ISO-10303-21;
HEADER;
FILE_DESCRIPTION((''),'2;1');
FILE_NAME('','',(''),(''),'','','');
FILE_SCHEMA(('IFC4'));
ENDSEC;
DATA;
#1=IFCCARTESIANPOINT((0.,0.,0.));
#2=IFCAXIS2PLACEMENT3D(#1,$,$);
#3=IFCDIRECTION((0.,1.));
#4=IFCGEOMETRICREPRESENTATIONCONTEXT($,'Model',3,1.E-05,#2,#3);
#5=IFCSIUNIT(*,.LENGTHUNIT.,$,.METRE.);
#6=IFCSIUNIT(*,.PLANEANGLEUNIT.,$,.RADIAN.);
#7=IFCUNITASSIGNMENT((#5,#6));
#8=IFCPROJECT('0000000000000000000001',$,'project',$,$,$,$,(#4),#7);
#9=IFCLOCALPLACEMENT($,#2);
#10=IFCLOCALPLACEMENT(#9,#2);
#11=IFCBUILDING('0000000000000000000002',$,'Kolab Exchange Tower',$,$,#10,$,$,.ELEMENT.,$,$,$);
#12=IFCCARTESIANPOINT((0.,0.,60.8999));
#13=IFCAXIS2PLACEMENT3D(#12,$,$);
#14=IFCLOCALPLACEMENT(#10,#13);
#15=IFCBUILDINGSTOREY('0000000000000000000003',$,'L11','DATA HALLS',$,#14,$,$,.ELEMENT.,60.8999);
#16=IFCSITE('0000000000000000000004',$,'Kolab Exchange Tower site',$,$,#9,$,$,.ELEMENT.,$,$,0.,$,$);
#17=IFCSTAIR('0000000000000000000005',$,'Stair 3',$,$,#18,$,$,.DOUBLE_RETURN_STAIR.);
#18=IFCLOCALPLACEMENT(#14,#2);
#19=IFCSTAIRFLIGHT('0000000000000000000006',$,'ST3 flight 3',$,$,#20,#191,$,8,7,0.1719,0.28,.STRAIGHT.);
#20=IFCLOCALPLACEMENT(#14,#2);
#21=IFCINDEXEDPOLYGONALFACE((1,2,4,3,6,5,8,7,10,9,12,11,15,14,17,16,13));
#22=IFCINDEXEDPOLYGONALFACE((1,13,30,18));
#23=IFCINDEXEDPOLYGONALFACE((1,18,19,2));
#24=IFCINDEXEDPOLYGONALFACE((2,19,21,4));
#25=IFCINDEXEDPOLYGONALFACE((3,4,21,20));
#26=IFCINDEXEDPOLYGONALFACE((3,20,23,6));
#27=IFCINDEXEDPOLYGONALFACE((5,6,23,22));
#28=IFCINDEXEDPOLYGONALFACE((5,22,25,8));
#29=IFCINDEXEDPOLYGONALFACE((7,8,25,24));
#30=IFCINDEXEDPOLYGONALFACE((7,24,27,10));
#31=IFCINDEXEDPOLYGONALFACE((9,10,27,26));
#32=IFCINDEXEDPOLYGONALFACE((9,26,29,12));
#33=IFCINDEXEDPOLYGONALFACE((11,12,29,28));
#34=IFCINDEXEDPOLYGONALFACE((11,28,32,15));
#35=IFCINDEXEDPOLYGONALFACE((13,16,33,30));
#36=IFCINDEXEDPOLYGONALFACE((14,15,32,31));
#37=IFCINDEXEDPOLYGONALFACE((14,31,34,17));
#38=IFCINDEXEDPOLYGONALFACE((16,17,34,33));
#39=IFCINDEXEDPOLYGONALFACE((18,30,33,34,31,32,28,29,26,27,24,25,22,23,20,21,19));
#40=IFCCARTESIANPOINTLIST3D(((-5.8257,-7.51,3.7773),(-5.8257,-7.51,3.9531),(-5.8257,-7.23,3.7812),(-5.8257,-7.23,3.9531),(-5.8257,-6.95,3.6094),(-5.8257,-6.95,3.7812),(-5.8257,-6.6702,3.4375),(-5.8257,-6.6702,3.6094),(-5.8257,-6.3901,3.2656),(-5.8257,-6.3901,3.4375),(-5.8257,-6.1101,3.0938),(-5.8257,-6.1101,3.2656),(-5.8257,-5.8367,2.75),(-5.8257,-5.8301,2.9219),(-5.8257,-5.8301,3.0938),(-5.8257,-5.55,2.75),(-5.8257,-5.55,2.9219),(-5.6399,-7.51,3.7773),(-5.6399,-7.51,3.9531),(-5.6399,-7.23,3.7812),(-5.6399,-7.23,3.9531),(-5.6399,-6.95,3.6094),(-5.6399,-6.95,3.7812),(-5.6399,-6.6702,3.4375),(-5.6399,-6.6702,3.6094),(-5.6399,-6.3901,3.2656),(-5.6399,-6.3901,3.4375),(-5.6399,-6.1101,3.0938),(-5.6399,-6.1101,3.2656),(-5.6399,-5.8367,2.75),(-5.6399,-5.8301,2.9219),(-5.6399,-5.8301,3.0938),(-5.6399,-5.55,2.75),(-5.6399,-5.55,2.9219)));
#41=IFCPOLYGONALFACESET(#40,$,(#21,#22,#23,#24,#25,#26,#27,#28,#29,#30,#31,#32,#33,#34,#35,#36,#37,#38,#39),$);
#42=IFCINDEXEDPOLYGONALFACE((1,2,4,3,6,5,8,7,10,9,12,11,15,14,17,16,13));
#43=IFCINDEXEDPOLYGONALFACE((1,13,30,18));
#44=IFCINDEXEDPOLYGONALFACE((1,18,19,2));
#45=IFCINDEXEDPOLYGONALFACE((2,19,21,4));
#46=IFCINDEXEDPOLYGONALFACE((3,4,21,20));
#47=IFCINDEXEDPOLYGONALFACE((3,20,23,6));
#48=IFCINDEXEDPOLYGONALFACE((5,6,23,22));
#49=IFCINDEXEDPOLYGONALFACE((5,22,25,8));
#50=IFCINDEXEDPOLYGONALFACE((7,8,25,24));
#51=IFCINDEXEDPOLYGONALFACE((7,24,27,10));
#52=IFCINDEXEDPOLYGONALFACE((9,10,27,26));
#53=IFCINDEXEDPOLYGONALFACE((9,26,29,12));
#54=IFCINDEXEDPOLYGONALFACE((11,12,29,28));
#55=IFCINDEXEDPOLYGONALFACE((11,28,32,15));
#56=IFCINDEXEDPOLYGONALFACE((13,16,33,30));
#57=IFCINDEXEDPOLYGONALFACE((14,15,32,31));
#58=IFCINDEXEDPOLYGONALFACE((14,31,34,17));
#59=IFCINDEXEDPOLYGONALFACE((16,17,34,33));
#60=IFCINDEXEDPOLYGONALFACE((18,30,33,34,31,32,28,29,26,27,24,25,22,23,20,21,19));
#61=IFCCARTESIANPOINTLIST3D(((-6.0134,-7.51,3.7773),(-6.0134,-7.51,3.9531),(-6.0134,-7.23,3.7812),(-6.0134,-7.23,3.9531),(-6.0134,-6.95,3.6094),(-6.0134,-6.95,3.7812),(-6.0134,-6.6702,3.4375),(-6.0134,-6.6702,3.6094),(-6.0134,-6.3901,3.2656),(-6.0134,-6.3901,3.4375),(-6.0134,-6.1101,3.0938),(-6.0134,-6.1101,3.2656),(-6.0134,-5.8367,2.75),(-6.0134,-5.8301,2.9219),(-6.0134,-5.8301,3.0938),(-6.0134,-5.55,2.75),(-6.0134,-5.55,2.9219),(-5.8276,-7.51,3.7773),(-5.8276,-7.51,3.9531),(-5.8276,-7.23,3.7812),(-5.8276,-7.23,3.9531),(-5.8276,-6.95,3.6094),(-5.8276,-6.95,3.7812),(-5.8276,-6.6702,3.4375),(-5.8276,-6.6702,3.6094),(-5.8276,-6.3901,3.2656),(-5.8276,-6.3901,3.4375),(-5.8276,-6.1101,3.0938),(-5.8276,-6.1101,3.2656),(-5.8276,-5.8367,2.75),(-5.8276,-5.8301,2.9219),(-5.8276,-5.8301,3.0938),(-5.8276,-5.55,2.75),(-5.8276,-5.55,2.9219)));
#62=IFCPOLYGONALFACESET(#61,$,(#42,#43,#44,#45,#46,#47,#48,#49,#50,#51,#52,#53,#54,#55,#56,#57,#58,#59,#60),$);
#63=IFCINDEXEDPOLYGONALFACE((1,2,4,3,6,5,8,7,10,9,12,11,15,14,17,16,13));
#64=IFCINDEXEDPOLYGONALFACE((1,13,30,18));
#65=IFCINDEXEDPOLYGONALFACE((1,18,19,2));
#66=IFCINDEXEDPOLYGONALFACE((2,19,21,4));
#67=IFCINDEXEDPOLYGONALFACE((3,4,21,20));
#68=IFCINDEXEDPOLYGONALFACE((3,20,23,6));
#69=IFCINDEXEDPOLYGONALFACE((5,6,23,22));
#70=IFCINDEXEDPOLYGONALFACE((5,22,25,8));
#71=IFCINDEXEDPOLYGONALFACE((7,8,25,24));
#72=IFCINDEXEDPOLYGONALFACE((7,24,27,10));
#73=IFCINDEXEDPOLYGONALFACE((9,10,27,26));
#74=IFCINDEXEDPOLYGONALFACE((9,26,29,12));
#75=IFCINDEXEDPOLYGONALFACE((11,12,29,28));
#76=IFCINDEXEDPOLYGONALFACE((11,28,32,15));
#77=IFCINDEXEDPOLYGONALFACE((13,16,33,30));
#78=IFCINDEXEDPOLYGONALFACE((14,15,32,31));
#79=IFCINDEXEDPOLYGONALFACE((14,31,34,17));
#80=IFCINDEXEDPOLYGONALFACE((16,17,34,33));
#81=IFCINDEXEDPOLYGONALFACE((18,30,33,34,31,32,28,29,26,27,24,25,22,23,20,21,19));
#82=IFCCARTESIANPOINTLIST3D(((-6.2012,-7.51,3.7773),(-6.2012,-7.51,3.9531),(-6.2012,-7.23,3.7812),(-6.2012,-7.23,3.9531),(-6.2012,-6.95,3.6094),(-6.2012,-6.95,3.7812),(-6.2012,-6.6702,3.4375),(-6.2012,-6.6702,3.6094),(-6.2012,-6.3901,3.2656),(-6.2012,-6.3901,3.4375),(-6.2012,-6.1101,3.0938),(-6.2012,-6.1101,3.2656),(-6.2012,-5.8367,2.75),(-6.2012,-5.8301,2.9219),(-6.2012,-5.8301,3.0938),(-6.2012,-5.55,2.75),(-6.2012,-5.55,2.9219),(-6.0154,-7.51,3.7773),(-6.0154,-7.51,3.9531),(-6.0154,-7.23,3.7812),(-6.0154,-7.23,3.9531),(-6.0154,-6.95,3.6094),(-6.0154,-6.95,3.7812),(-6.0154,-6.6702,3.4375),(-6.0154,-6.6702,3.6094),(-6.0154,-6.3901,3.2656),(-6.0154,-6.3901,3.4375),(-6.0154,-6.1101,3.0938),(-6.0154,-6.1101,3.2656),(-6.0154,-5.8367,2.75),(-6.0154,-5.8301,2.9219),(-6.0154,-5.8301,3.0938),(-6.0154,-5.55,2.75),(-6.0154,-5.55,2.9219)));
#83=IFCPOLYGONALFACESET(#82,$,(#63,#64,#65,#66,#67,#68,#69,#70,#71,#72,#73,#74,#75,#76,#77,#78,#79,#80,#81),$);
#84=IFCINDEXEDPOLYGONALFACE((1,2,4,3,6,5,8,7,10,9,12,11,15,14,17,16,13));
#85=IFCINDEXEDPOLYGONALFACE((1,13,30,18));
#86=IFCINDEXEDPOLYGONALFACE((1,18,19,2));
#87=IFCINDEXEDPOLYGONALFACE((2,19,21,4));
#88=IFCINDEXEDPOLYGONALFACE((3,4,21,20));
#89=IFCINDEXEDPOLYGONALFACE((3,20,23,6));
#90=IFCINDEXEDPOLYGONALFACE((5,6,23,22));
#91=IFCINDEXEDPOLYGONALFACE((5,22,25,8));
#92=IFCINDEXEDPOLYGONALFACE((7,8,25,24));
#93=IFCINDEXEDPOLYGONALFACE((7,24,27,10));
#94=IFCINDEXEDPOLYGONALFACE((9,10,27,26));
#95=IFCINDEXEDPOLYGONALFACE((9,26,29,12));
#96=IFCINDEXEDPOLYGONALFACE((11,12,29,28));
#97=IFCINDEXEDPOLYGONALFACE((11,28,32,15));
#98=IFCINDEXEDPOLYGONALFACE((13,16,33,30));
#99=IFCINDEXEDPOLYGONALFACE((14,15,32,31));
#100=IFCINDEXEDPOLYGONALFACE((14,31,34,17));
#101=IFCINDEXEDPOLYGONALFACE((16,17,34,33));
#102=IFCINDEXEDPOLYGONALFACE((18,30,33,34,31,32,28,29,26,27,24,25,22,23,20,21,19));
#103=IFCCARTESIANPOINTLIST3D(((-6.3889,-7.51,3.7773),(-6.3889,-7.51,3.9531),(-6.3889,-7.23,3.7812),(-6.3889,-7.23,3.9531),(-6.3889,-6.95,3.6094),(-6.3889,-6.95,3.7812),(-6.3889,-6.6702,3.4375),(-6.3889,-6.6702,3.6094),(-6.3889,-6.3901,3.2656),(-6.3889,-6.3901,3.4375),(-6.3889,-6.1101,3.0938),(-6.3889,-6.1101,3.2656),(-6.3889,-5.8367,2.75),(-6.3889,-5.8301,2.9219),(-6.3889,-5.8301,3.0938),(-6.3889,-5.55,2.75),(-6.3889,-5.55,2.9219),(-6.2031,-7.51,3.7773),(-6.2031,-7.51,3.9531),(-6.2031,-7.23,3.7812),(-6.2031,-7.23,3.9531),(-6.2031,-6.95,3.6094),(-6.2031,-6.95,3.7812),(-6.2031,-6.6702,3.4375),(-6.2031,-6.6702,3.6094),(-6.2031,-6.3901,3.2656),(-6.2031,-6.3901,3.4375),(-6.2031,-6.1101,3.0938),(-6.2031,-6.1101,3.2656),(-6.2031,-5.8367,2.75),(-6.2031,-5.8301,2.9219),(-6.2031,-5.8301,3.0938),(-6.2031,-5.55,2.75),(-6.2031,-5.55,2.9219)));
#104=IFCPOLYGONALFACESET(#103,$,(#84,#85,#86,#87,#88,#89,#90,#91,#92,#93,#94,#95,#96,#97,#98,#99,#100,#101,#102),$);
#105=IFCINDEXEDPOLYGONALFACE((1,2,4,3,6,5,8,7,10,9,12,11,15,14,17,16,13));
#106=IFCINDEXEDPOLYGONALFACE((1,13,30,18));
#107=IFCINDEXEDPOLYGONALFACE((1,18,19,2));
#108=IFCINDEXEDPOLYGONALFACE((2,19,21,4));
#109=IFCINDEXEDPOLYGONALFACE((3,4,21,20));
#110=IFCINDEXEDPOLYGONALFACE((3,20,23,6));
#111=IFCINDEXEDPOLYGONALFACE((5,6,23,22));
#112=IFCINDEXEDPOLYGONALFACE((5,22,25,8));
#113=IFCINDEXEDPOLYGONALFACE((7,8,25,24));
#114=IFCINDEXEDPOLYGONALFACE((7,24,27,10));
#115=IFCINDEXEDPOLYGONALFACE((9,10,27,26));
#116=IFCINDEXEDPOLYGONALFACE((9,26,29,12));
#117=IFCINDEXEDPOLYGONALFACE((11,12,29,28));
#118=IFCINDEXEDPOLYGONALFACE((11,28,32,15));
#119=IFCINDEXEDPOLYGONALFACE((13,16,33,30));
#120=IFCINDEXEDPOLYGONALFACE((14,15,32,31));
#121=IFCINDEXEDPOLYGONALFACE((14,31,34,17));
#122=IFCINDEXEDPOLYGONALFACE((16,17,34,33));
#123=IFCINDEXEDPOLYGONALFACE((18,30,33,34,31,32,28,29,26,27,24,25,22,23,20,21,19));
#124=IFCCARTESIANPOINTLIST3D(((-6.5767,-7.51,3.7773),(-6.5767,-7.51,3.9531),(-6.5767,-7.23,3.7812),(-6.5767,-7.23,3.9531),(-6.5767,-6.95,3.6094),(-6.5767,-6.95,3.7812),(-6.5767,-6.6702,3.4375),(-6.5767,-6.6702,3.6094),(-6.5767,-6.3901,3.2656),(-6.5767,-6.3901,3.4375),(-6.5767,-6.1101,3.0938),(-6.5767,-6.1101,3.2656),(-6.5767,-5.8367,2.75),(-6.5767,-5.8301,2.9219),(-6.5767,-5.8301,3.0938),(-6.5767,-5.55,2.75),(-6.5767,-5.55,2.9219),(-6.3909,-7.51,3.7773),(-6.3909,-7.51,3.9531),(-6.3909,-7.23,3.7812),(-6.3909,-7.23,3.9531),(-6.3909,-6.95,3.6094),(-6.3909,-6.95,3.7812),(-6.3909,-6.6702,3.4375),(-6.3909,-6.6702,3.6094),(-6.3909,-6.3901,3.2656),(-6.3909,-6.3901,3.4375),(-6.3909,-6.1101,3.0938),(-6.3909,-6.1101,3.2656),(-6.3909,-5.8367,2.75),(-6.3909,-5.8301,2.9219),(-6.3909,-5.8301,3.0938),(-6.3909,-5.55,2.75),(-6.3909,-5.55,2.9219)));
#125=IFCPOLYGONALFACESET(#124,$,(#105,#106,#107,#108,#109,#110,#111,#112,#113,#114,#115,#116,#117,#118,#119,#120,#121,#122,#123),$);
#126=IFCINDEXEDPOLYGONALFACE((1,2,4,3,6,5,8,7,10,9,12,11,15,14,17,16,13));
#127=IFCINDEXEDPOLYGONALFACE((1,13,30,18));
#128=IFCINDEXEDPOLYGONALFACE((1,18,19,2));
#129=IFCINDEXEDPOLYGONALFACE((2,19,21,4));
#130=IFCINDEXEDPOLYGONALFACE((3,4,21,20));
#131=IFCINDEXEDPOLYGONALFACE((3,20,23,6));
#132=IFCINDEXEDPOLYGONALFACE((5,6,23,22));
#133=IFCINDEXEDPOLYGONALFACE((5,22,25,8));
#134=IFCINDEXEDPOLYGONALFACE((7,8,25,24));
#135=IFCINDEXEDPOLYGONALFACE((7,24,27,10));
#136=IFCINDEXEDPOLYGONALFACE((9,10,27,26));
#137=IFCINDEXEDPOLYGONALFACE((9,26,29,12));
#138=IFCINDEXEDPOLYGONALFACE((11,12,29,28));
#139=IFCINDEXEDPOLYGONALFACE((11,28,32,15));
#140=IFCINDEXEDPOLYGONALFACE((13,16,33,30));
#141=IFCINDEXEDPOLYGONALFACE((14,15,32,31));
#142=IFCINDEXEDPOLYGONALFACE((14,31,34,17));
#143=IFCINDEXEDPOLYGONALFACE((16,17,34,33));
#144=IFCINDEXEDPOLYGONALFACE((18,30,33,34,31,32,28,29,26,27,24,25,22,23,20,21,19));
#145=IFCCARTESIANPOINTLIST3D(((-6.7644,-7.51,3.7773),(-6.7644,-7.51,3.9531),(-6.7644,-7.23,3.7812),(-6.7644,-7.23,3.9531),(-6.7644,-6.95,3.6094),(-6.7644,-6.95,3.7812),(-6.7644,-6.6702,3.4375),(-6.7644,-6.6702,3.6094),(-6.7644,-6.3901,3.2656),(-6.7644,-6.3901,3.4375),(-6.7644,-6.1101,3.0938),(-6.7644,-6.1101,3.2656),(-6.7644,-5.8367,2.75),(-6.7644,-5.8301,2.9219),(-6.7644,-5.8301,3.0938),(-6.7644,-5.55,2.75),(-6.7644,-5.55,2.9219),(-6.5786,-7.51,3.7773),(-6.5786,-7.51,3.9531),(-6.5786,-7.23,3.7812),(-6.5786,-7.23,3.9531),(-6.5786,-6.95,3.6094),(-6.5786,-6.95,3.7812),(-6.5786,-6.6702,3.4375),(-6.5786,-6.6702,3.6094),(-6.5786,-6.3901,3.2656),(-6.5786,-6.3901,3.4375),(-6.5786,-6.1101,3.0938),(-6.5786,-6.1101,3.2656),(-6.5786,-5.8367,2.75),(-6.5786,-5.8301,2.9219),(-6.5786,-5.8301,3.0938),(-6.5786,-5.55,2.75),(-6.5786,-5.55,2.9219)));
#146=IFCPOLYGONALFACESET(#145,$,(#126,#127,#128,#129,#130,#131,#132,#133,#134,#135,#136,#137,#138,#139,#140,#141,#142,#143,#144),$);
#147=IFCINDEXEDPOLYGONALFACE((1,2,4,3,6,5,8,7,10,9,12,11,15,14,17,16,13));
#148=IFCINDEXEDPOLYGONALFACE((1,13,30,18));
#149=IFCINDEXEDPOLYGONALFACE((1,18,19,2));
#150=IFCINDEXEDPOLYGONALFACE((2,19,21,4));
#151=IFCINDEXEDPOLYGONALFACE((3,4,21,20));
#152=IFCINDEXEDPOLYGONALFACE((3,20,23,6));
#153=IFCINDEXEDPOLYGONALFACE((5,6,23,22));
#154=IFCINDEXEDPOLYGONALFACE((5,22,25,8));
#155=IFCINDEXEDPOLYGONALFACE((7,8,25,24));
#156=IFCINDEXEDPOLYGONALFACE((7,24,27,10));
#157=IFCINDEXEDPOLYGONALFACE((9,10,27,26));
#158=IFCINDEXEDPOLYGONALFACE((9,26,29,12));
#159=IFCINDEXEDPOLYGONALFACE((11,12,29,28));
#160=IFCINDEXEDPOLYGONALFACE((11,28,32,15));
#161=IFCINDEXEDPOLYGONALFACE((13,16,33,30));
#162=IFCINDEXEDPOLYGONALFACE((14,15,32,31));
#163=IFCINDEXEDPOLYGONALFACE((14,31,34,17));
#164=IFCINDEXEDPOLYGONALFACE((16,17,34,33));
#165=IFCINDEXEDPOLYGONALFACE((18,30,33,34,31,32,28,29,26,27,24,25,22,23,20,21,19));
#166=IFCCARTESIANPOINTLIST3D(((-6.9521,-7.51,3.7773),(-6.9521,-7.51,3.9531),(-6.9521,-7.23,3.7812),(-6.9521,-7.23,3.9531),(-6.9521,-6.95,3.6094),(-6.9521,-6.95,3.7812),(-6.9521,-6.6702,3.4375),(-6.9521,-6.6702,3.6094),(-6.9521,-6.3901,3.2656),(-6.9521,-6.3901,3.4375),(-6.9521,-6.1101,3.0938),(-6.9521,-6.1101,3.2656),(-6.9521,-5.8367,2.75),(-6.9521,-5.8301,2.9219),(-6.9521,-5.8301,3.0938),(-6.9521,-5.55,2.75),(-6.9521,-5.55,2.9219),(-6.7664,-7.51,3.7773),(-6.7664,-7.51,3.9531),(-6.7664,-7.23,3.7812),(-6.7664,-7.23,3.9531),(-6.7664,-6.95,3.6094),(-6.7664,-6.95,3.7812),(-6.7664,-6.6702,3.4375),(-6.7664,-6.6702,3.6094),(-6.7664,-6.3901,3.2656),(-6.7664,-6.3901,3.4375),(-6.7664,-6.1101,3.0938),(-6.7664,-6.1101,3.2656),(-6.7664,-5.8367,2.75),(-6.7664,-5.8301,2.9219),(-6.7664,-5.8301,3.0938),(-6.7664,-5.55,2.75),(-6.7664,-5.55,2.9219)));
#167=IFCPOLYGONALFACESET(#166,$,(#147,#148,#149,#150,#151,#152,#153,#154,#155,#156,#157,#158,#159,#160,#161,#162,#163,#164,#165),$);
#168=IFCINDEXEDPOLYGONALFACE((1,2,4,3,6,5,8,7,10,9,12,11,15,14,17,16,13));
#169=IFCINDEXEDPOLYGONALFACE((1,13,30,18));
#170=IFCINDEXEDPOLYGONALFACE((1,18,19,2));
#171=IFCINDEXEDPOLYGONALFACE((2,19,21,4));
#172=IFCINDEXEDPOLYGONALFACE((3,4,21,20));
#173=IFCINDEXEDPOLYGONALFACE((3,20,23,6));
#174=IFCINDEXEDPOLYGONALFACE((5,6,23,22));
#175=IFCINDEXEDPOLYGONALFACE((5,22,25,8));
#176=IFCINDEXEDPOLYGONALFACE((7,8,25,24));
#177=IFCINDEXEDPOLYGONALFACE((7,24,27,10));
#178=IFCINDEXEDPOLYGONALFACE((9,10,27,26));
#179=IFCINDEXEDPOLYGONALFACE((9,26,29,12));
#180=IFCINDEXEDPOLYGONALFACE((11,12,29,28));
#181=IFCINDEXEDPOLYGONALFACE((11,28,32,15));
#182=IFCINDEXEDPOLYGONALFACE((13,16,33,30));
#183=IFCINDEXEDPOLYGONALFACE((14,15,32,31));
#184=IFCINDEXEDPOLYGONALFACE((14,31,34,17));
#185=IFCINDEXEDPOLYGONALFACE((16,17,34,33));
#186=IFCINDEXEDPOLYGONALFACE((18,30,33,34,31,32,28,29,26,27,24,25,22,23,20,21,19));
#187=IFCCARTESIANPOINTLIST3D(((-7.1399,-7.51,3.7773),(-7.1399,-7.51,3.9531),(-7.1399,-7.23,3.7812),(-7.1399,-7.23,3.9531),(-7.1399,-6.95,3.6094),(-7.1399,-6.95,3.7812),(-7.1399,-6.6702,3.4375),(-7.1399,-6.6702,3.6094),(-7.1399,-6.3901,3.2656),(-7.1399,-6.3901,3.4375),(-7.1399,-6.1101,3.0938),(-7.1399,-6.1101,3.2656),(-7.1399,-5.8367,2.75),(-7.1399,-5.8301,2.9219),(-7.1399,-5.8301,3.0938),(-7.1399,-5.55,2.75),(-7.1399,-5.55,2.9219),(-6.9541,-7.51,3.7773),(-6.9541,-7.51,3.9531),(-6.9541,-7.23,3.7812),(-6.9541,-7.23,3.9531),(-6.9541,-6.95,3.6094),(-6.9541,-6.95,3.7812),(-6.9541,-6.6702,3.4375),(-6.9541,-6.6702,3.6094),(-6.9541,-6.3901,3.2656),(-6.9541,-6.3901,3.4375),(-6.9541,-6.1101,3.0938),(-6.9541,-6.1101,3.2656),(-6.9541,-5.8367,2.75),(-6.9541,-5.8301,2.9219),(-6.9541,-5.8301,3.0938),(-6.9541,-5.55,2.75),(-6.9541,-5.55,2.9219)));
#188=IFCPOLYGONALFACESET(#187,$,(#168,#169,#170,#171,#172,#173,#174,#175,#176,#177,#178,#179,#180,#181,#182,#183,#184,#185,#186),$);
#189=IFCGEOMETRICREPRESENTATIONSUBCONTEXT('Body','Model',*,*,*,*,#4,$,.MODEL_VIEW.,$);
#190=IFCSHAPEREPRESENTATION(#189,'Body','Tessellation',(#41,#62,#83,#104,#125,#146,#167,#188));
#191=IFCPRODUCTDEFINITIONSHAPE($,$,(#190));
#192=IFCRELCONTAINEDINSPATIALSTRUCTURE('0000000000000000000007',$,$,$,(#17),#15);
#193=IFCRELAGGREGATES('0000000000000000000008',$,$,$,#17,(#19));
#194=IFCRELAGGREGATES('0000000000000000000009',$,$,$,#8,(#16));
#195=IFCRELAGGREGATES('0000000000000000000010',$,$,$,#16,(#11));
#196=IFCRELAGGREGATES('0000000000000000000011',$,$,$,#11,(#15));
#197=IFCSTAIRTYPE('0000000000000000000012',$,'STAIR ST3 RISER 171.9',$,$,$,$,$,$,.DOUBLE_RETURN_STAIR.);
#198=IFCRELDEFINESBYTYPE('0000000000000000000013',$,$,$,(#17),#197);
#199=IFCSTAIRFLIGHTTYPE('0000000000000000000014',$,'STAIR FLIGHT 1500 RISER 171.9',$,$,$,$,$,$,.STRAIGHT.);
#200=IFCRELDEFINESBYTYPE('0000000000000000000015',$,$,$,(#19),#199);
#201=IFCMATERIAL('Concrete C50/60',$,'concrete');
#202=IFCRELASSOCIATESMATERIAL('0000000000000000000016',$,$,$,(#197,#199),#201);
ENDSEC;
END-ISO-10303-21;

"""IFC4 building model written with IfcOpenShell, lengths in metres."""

from ifc_helpers import new_model, si_unit, direction, frame, origin, place, context, subcontext, project, spatial, polyline, outline, extrude, material, type_object, element, aggregate, save


model = new_model("IFC4")

# Units and contexts
model_context = context("Model", 3, precision=1e-05, world=origin(), true_north=direction((0.0, 1.0)))
body_context = subcontext(model_context, "Body", "Model", "MODEL_VIEW")
ifc_project = project(units=[si_unit("LENGTHUNIT", "METRE"), si_unit("PLANEANGLEUNIT", "RADIAN")], contexts=[model_context])

# Site, building, storey
site_placement = place(None, origin())
site = spatial("IfcSite", under=ifc_project, at=site_placement, Name="Kolab Exchange Tower site", CompositionType="ELEMENT", RefElevation=0.0)
building_placement = place(site_placement, origin())
building = spatial("IfcBuilding", under=site, at=building_placement, Name="Kolab Exchange Tower", CompositionType="ELEMENT")
storey_placement = place(building_placement, frame((0.0, 0.0, 60.8999)))
storey = spatial("IfcBuildingStorey", under=building, at=storey_placement, Name="L11", Description="DATA HALLS", CompositionType="ELEMENT", Elevation=60.8999)

# Shared definitions
ifc_material_1 = material(Name="Concrete C50/60", Category="concrete")

# Stair, stair flight
stair_type = type_object("IfcStairType", Name="STAIR ST3 RISER 171.9", PredefinedType="DOUBLE_RETURN_STAIR", material=ifc_material_1)
stair_placement = place(storey_placement, origin())
stair = element("IfcStair", 1, at=stair_placement, inside=storey, type_object=stair_type, Name="Stair 3", PredefinedType="DOUBLE_RETURN_STAIR")
stair_flight_type = type_object("IfcStairFlightType", Name="STAIR FLIGHT 1500 RISER 171.9", PredefinedType="STRAIGHT", material=ifc_material_1)
stair_flight_1_placement = place(storey_placement, frame((-6.3899, -5.55, 2.75), z_axis=(0.0, 0.0, 1.0), x_axis=(0.0, -1.0, 0.0)))
stair_flight_1 = element("IfcStairFlight", 2, at=stair_flight_1_placement, type_object=stair_flight_type, Name="ST3 flight 3", NumberOfRisers=8, NumberOfTreads=7, PredefinedType="STRAIGHT", RiserHeight=0.1719, TreadLength=0.28, context=body_context, shape_type="SweptSolid", body=[
    extrude(outline(polyline([(0.0, 0.0), (0.0, 0.1719), (0.28, 0.1719), (0.28, 0.3438), (0.5601, 0.3438), (0.5601, 0.5156), (0.8401, 0.5156), (0.8401, 0.6875), (1.1201, 0.6875), (1.1201, 0.8594), (1.3999, 0.8594), (1.3999, 1.0312), (1.6799, 1.0312), (1.6799, 1.2031), (1.96, 1.2031), (1.96, 1.375), (1.96, 1.0273), (0.2866, 0.0), (0.0, 0.0)])), frame((0.0, 0.75, 0.0), z_axis=(0.0, -1.0, 0.0), x_axis=(1.0, 0.0, 0.0)), (0.0, 0.0, 1.0), 0.1858),
    extrude(outline(polyline([(0.0, 0.0), (0.0, 0.1719), (0.28, 0.1719), (0.28, 0.3438), (0.5601, 0.3438), (0.5601, 0.5156), (0.8401, 0.5156), (0.8401, 0.6875), (1.1201, 0.6875), (1.1201, 0.8594), (1.3999, 0.8594), (1.3999, 1.0312), (1.6799, 1.0312), (1.6799, 1.2031), (1.96, 1.2031), (1.96, 1.375), (1.96, 1.0273), (0.2866, 0.0), (0.0, 0.0)])), frame((0.0, 0.5623, 0.0), z_axis=(0.0, -1.0, 0.0), x_axis=(1.0, 0.0, 0.0)), (0.0, 0.0, 1.0), 0.1858),
    extrude(outline(polyline([(0.0, 0.0), (0.0, 0.1719), (0.28, 0.1719), (0.28, 0.3438), (0.5601, 0.3438), (0.5601, 0.5156), (0.8401, 0.5156), (0.8401, 0.6875), (1.1201, 0.6875), (1.1201, 0.8594), (1.3999, 0.8594), (1.3999, 1.0312), (1.6799, 1.0312), (1.6799, 1.2031), (1.96, 1.2031), (1.96, 1.375), (1.96, 1.0273), (0.2866, 0.0), (0.0, 0.0)])), frame((0.0, 0.3745, 0.0), z_axis=(0.0, -1.0, 0.0), x_axis=(1.0, 0.0, 0.0)), (0.0, 0.0, 1.0), 0.1858),
    extrude(outline(polyline([(0.0, 0.0), (0.0, 0.1719), (0.28, 0.1719), (0.28, 0.3438), (0.5601, 0.3438), (0.5601, 0.5156), (0.8401, 0.5156), (0.8401, 0.6875), (1.1201, 0.6875), (1.1201, 0.8594), (1.3999, 0.8594), (1.3999, 1.0312), (1.6799, 1.0312), (1.6799, 1.2031), (1.96, 1.2031), (1.96, 1.375), (1.96, 1.0273), (0.2866, 0.0), (0.0, 0.0)])), frame((0.0, 0.1868, 0.0), z_axis=(0.0, -1.0, 0.0), x_axis=(1.0, 0.0, 0.0)), (0.0, 0.0, 1.0), 0.1858),
    extrude(outline(polyline([(0.0, 0.0), (0.0, 0.1719), (0.28, 0.1719), (0.28, 0.3438), (0.5601, 0.3438), (0.5601, 0.5156), (0.8401, 0.5156), (0.8401, 0.6875), (1.1201, 0.6875), (1.1201, 0.8594), (1.3999, 0.8594), (1.3999, 1.0312), (1.6799, 1.0312), (1.6799, 1.2031), (1.96, 1.2031), (1.96, 1.375), (1.96, 1.0273), (0.2866, 0.0), (0.0, 0.0)])), frame((0.0, -0.001, 0.0), z_axis=(0.0, -1.0, 0.0), x_axis=(1.0, 0.0, 0.0)), (0.0, 0.0, 1.0), 0.1858),
    extrude(outline(polyline([(0.0, 0.0), (0.0, 0.1719), (0.28, 0.1719), (0.28, 0.3438), (0.5601, 0.3438), (0.5601, 0.5156), (0.8401, 0.5156), (0.8401, 0.6875), (1.1201, 0.6875), (1.1201, 0.8594), (1.3999, 0.8594), (1.3999, 1.0312), (1.6799, 1.0312), (1.6799, 1.2031), (1.96, 1.2031), (1.96, 1.375), (1.96, 1.0273), (0.2866, 0.0), (0.0, 0.0)])), frame((0.0, -0.1887, 0.0), z_axis=(0.0, -1.0, 0.0), x_axis=(1.0, 0.0, 0.0)), (0.0, 0.0, 1.0), 0.1858),
    extrude(outline(polyline([(0.0, 0.0), (0.0, 0.1719), (0.28, 0.1719), (0.28, 0.3438), (0.5601, 0.3438), (0.5601, 0.5156), (0.8401, 0.5156), (0.8401, 0.6875), (1.1201, 0.6875), (1.1201, 0.8594), (1.3999, 0.8594), (1.3999, 1.0312), (1.6799, 1.0312), (1.6799, 1.2031), (1.96, 1.2031), (1.96, 1.375), (1.96, 1.0273), (0.2866, 0.0), (0.0, 0.0)])), frame((0.0, -0.3765, 0.0), z_axis=(0.0, -1.0, 0.0), x_axis=(1.0, 0.0, 0.0)), (0.0, 0.0, 1.0), 0.1858),
    extrude(outline(polyline([(0.0, 0.0), (0.0, 0.1719), (0.28, 0.1719), (0.28, 0.3438), (0.5601, 0.3438), (0.5601, 0.5156), (0.8401, 0.5156), (0.8401, 0.6875), (1.1201, 0.6875), (1.1201, 0.8594), (1.3999, 0.8594), (1.3999, 1.0312), (1.6799, 1.0312), (1.6799, 1.2031), (1.96, 1.2031), (1.96, 1.375), (1.96, 1.0273), (0.2866, 0.0), (0.0, 0.0)])), frame((0.0, -0.5642, 0.0), z_axis=(0.0, -1.0, 0.0), x_axis=(1.0, 0.0, 0.0)), (0.0, 0.0, 1.0), 0.1858),
])
aggregate(stair, [stair_flight_1])

save(model, "model.ifc")
